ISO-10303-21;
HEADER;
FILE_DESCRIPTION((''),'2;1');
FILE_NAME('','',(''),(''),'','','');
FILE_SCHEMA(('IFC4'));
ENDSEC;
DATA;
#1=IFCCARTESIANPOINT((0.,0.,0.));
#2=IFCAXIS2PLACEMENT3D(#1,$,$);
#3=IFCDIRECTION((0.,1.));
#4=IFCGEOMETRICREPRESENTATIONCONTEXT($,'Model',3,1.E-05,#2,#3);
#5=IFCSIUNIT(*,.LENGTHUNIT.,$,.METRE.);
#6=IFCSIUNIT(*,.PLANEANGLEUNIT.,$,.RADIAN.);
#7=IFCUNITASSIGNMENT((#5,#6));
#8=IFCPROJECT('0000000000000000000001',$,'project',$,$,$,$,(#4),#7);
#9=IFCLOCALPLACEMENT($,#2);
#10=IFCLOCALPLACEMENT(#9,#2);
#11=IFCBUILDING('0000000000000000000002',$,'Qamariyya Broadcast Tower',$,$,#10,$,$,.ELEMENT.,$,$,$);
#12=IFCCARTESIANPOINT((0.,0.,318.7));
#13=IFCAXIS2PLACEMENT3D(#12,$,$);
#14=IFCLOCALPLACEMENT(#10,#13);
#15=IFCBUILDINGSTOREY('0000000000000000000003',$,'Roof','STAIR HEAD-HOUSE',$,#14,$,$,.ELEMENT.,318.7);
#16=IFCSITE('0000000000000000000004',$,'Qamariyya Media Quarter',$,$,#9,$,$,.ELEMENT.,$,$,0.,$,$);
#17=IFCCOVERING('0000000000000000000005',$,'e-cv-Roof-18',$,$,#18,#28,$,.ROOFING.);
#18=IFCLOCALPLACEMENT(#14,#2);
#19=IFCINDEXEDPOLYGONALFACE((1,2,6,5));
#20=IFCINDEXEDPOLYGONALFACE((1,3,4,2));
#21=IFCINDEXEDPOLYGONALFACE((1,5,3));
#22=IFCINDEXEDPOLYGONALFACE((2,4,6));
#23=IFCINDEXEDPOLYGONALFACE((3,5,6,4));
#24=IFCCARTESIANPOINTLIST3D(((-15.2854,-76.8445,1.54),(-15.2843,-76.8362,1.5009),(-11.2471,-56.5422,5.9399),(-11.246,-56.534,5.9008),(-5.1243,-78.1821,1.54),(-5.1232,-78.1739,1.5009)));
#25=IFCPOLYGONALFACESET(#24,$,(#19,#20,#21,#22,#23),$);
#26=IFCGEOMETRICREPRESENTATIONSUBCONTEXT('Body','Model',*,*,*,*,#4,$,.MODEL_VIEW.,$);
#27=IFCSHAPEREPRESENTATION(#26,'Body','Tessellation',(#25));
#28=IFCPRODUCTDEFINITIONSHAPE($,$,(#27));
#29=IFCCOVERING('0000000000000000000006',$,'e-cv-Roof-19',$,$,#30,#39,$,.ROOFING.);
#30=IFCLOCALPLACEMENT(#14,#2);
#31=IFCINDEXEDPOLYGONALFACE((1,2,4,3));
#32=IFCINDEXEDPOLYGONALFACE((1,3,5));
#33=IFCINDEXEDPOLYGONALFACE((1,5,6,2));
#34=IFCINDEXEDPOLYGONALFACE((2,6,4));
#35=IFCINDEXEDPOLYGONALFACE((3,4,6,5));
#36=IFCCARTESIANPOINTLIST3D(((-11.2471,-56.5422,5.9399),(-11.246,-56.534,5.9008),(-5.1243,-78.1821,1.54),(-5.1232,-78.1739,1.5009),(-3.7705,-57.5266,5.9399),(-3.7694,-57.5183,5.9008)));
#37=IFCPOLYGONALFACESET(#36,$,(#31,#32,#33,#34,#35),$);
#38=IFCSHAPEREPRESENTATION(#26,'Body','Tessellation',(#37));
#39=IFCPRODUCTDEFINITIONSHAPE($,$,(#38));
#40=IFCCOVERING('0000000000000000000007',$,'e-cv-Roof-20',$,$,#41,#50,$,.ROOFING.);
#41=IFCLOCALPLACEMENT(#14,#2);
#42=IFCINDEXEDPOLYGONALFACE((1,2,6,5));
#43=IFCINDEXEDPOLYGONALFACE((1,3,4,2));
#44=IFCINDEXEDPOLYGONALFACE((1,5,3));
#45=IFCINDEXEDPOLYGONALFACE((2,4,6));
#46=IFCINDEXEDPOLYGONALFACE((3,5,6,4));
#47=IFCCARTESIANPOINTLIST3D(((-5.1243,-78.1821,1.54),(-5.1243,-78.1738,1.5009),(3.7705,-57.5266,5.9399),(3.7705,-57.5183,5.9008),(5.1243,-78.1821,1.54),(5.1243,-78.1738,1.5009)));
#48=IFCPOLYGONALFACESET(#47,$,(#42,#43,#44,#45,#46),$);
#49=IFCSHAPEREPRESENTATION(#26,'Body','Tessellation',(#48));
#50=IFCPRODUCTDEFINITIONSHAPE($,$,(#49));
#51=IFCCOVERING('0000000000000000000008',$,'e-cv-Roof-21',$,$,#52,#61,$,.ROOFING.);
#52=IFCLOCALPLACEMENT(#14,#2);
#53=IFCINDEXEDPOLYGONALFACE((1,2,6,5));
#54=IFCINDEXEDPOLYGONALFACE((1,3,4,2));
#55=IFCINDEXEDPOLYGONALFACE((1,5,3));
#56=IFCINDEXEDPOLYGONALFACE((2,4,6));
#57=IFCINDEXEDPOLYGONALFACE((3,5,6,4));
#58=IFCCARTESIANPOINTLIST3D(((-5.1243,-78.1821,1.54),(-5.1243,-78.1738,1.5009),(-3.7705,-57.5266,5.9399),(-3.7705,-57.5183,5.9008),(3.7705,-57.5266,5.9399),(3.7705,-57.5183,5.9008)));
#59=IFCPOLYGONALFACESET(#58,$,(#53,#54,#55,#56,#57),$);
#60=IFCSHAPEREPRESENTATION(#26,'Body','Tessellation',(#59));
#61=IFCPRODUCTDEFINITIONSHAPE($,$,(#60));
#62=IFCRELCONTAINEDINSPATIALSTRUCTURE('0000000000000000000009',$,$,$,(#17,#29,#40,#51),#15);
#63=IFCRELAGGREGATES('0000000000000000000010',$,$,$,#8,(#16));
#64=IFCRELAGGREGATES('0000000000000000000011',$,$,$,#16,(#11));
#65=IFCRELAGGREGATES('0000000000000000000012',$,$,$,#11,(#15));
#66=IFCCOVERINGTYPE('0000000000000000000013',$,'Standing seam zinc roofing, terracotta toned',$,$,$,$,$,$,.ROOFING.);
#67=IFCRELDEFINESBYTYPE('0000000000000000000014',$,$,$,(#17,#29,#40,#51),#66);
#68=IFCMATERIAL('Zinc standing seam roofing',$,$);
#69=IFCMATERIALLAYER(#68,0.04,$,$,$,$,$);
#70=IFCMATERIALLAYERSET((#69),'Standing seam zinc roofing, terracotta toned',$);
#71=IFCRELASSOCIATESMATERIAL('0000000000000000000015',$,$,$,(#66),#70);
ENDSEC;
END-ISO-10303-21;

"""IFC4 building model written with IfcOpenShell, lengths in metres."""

from ifc_helpers import new_model, si_unit, direction, frame, origin, place, context, subcontext, project, spatial, polyline, outline, extrude, material, layer, layer_set, type_object, element, save


model = new_model("IFC4")

# Units and contexts
model_context = context("Model", 3, precision=1e-05, world=origin(), true_north=direction((0.0, 1.0)))
body_context = subcontext(model_context, "Body", "Model", "MODEL_VIEW")
ifc_project = project(units=[si_unit("LENGTHUNIT", "METRE"), si_unit("PLANEANGLEUNIT", "RADIAN")], contexts=[model_context])

# Site, building, storey
site_placement = place(None, origin())
site = spatial("IfcSite", under=ifc_project, at=site_placement, Name="Qamariyya Media Quarter", CompositionType="ELEMENT", RefElevation=0.0)
building_placement = place(site_placement, origin())
building = spatial("IfcBuilding", under=site, at=building_placement, Name="Qamariyya Broadcast Tower", CompositionType="ELEMENT")
storey_placement = place(building_placement, frame((0.0, 0.0, 318.7)))
storey = spatial("IfcBuildingStorey", under=building, at=storey_placement, Name="Roof", Description="STAIR HEAD-HOUSE", CompositionType="ELEMENT", Elevation=318.7)

# Coverings
ifc_material_1 = material(Name="Zinc standing seam roofing")
ifc_layer_1 = layer(ifc_material_1, 0.04)
ifc_layer_set_1 = layer_set([ifc_layer_1], Name="Standing seam zinc roofing, terracotta toned")
covering_type = type_object("IfcCoveringType", Name="Standing seam zinc roofing, terracotta toned", PredefinedType="ROOFING", material=ifc_layer_set_1)
covering_1_placement = place(storey_placement, frame((-11.2471, -56.5422, 5.9399), z_axis=(-0.027192, -0.206556, 0.978057), x_axis=(-0.190825, -0.959353, -0.207911)))
element("IfcCovering", 1, at=covering_1_placement, inside=storey, type_object=covering_type, Name="e-cv-Roof-18", PredefinedType="ROOFING", context=body_context, shape_type="SweptSolid", body=[
    extrude(outline(polyline([(0.0, 0.0), (21.1624, 0.0), (20.5067, 10.2278), (0.0, 0.0)])), origin(), (0.0, 0.0, -1.0), 0.04),
])
covering_2_placement = place(storey_placement, frame((-5.1243, -78.1821, 1.54), z_axis=(-0.027196, -0.206557, 0.978057), x_axis=(0.06397, 0.976053, 0.207912)))
element("IfcCovering", 2, at=covering_2_placement, inside=storey, type_object=covering_type, Name="e-cv-Roof-19", PredefinedType="ROOFING", context=body_context, shape_type="SweptSolid", body=[
    extrude(outline(polyline([(0.0, 0.0), (21.1623, 0.0), (21.6448, 7.5256), (0.0, 0.0)])), origin(), (0.0, 0.0, -1.0), 0.04),
])
covering_3_placement = place(storey_placement, frame((-5.1243, -78.1821, 1.54), z_axis=(0.0, -0.208339, 0.978057), x_axis=(1.0, 0.0, 0.0)))
element("IfcCovering", 3, at=covering_3_placement, inside=storey, type_object=covering_type, Name="e-cv-Roof-20", PredefinedType="ROOFING", context=body_context, shape_type="SweptSolid", body=[
    extrude(outline(polyline([(0.0, 0.0), (10.2485, 0.0), (8.8948, 21.1189), (0.0, 0.0)])), origin(), (0.0, 0.0, -1.0), 0.04),
])
covering_4_placement = place(storey_placement, frame((-5.1243, -78.1821, 1.54), z_axis=(0.0, -0.208339, 0.978057), x_axis=(0.388153, 0.901372, 0.192004)))
element("IfcCovering", 4, at=covering_4_placement, inside=storey, type_object=covering_type, Name="e-cv-Roof-21", PredefinedType="ROOFING", context=body_context, shape_type="SweptSolid", body=[
    extrude(outline(polyline([(0.0, 0.0), (22.9156, 0.0), (19.9886, 6.9498), (0.0, 0.0)])), origin(), (0.0, 0.0, -1.0), 0.04),
])

save(model, "model.ifc")
